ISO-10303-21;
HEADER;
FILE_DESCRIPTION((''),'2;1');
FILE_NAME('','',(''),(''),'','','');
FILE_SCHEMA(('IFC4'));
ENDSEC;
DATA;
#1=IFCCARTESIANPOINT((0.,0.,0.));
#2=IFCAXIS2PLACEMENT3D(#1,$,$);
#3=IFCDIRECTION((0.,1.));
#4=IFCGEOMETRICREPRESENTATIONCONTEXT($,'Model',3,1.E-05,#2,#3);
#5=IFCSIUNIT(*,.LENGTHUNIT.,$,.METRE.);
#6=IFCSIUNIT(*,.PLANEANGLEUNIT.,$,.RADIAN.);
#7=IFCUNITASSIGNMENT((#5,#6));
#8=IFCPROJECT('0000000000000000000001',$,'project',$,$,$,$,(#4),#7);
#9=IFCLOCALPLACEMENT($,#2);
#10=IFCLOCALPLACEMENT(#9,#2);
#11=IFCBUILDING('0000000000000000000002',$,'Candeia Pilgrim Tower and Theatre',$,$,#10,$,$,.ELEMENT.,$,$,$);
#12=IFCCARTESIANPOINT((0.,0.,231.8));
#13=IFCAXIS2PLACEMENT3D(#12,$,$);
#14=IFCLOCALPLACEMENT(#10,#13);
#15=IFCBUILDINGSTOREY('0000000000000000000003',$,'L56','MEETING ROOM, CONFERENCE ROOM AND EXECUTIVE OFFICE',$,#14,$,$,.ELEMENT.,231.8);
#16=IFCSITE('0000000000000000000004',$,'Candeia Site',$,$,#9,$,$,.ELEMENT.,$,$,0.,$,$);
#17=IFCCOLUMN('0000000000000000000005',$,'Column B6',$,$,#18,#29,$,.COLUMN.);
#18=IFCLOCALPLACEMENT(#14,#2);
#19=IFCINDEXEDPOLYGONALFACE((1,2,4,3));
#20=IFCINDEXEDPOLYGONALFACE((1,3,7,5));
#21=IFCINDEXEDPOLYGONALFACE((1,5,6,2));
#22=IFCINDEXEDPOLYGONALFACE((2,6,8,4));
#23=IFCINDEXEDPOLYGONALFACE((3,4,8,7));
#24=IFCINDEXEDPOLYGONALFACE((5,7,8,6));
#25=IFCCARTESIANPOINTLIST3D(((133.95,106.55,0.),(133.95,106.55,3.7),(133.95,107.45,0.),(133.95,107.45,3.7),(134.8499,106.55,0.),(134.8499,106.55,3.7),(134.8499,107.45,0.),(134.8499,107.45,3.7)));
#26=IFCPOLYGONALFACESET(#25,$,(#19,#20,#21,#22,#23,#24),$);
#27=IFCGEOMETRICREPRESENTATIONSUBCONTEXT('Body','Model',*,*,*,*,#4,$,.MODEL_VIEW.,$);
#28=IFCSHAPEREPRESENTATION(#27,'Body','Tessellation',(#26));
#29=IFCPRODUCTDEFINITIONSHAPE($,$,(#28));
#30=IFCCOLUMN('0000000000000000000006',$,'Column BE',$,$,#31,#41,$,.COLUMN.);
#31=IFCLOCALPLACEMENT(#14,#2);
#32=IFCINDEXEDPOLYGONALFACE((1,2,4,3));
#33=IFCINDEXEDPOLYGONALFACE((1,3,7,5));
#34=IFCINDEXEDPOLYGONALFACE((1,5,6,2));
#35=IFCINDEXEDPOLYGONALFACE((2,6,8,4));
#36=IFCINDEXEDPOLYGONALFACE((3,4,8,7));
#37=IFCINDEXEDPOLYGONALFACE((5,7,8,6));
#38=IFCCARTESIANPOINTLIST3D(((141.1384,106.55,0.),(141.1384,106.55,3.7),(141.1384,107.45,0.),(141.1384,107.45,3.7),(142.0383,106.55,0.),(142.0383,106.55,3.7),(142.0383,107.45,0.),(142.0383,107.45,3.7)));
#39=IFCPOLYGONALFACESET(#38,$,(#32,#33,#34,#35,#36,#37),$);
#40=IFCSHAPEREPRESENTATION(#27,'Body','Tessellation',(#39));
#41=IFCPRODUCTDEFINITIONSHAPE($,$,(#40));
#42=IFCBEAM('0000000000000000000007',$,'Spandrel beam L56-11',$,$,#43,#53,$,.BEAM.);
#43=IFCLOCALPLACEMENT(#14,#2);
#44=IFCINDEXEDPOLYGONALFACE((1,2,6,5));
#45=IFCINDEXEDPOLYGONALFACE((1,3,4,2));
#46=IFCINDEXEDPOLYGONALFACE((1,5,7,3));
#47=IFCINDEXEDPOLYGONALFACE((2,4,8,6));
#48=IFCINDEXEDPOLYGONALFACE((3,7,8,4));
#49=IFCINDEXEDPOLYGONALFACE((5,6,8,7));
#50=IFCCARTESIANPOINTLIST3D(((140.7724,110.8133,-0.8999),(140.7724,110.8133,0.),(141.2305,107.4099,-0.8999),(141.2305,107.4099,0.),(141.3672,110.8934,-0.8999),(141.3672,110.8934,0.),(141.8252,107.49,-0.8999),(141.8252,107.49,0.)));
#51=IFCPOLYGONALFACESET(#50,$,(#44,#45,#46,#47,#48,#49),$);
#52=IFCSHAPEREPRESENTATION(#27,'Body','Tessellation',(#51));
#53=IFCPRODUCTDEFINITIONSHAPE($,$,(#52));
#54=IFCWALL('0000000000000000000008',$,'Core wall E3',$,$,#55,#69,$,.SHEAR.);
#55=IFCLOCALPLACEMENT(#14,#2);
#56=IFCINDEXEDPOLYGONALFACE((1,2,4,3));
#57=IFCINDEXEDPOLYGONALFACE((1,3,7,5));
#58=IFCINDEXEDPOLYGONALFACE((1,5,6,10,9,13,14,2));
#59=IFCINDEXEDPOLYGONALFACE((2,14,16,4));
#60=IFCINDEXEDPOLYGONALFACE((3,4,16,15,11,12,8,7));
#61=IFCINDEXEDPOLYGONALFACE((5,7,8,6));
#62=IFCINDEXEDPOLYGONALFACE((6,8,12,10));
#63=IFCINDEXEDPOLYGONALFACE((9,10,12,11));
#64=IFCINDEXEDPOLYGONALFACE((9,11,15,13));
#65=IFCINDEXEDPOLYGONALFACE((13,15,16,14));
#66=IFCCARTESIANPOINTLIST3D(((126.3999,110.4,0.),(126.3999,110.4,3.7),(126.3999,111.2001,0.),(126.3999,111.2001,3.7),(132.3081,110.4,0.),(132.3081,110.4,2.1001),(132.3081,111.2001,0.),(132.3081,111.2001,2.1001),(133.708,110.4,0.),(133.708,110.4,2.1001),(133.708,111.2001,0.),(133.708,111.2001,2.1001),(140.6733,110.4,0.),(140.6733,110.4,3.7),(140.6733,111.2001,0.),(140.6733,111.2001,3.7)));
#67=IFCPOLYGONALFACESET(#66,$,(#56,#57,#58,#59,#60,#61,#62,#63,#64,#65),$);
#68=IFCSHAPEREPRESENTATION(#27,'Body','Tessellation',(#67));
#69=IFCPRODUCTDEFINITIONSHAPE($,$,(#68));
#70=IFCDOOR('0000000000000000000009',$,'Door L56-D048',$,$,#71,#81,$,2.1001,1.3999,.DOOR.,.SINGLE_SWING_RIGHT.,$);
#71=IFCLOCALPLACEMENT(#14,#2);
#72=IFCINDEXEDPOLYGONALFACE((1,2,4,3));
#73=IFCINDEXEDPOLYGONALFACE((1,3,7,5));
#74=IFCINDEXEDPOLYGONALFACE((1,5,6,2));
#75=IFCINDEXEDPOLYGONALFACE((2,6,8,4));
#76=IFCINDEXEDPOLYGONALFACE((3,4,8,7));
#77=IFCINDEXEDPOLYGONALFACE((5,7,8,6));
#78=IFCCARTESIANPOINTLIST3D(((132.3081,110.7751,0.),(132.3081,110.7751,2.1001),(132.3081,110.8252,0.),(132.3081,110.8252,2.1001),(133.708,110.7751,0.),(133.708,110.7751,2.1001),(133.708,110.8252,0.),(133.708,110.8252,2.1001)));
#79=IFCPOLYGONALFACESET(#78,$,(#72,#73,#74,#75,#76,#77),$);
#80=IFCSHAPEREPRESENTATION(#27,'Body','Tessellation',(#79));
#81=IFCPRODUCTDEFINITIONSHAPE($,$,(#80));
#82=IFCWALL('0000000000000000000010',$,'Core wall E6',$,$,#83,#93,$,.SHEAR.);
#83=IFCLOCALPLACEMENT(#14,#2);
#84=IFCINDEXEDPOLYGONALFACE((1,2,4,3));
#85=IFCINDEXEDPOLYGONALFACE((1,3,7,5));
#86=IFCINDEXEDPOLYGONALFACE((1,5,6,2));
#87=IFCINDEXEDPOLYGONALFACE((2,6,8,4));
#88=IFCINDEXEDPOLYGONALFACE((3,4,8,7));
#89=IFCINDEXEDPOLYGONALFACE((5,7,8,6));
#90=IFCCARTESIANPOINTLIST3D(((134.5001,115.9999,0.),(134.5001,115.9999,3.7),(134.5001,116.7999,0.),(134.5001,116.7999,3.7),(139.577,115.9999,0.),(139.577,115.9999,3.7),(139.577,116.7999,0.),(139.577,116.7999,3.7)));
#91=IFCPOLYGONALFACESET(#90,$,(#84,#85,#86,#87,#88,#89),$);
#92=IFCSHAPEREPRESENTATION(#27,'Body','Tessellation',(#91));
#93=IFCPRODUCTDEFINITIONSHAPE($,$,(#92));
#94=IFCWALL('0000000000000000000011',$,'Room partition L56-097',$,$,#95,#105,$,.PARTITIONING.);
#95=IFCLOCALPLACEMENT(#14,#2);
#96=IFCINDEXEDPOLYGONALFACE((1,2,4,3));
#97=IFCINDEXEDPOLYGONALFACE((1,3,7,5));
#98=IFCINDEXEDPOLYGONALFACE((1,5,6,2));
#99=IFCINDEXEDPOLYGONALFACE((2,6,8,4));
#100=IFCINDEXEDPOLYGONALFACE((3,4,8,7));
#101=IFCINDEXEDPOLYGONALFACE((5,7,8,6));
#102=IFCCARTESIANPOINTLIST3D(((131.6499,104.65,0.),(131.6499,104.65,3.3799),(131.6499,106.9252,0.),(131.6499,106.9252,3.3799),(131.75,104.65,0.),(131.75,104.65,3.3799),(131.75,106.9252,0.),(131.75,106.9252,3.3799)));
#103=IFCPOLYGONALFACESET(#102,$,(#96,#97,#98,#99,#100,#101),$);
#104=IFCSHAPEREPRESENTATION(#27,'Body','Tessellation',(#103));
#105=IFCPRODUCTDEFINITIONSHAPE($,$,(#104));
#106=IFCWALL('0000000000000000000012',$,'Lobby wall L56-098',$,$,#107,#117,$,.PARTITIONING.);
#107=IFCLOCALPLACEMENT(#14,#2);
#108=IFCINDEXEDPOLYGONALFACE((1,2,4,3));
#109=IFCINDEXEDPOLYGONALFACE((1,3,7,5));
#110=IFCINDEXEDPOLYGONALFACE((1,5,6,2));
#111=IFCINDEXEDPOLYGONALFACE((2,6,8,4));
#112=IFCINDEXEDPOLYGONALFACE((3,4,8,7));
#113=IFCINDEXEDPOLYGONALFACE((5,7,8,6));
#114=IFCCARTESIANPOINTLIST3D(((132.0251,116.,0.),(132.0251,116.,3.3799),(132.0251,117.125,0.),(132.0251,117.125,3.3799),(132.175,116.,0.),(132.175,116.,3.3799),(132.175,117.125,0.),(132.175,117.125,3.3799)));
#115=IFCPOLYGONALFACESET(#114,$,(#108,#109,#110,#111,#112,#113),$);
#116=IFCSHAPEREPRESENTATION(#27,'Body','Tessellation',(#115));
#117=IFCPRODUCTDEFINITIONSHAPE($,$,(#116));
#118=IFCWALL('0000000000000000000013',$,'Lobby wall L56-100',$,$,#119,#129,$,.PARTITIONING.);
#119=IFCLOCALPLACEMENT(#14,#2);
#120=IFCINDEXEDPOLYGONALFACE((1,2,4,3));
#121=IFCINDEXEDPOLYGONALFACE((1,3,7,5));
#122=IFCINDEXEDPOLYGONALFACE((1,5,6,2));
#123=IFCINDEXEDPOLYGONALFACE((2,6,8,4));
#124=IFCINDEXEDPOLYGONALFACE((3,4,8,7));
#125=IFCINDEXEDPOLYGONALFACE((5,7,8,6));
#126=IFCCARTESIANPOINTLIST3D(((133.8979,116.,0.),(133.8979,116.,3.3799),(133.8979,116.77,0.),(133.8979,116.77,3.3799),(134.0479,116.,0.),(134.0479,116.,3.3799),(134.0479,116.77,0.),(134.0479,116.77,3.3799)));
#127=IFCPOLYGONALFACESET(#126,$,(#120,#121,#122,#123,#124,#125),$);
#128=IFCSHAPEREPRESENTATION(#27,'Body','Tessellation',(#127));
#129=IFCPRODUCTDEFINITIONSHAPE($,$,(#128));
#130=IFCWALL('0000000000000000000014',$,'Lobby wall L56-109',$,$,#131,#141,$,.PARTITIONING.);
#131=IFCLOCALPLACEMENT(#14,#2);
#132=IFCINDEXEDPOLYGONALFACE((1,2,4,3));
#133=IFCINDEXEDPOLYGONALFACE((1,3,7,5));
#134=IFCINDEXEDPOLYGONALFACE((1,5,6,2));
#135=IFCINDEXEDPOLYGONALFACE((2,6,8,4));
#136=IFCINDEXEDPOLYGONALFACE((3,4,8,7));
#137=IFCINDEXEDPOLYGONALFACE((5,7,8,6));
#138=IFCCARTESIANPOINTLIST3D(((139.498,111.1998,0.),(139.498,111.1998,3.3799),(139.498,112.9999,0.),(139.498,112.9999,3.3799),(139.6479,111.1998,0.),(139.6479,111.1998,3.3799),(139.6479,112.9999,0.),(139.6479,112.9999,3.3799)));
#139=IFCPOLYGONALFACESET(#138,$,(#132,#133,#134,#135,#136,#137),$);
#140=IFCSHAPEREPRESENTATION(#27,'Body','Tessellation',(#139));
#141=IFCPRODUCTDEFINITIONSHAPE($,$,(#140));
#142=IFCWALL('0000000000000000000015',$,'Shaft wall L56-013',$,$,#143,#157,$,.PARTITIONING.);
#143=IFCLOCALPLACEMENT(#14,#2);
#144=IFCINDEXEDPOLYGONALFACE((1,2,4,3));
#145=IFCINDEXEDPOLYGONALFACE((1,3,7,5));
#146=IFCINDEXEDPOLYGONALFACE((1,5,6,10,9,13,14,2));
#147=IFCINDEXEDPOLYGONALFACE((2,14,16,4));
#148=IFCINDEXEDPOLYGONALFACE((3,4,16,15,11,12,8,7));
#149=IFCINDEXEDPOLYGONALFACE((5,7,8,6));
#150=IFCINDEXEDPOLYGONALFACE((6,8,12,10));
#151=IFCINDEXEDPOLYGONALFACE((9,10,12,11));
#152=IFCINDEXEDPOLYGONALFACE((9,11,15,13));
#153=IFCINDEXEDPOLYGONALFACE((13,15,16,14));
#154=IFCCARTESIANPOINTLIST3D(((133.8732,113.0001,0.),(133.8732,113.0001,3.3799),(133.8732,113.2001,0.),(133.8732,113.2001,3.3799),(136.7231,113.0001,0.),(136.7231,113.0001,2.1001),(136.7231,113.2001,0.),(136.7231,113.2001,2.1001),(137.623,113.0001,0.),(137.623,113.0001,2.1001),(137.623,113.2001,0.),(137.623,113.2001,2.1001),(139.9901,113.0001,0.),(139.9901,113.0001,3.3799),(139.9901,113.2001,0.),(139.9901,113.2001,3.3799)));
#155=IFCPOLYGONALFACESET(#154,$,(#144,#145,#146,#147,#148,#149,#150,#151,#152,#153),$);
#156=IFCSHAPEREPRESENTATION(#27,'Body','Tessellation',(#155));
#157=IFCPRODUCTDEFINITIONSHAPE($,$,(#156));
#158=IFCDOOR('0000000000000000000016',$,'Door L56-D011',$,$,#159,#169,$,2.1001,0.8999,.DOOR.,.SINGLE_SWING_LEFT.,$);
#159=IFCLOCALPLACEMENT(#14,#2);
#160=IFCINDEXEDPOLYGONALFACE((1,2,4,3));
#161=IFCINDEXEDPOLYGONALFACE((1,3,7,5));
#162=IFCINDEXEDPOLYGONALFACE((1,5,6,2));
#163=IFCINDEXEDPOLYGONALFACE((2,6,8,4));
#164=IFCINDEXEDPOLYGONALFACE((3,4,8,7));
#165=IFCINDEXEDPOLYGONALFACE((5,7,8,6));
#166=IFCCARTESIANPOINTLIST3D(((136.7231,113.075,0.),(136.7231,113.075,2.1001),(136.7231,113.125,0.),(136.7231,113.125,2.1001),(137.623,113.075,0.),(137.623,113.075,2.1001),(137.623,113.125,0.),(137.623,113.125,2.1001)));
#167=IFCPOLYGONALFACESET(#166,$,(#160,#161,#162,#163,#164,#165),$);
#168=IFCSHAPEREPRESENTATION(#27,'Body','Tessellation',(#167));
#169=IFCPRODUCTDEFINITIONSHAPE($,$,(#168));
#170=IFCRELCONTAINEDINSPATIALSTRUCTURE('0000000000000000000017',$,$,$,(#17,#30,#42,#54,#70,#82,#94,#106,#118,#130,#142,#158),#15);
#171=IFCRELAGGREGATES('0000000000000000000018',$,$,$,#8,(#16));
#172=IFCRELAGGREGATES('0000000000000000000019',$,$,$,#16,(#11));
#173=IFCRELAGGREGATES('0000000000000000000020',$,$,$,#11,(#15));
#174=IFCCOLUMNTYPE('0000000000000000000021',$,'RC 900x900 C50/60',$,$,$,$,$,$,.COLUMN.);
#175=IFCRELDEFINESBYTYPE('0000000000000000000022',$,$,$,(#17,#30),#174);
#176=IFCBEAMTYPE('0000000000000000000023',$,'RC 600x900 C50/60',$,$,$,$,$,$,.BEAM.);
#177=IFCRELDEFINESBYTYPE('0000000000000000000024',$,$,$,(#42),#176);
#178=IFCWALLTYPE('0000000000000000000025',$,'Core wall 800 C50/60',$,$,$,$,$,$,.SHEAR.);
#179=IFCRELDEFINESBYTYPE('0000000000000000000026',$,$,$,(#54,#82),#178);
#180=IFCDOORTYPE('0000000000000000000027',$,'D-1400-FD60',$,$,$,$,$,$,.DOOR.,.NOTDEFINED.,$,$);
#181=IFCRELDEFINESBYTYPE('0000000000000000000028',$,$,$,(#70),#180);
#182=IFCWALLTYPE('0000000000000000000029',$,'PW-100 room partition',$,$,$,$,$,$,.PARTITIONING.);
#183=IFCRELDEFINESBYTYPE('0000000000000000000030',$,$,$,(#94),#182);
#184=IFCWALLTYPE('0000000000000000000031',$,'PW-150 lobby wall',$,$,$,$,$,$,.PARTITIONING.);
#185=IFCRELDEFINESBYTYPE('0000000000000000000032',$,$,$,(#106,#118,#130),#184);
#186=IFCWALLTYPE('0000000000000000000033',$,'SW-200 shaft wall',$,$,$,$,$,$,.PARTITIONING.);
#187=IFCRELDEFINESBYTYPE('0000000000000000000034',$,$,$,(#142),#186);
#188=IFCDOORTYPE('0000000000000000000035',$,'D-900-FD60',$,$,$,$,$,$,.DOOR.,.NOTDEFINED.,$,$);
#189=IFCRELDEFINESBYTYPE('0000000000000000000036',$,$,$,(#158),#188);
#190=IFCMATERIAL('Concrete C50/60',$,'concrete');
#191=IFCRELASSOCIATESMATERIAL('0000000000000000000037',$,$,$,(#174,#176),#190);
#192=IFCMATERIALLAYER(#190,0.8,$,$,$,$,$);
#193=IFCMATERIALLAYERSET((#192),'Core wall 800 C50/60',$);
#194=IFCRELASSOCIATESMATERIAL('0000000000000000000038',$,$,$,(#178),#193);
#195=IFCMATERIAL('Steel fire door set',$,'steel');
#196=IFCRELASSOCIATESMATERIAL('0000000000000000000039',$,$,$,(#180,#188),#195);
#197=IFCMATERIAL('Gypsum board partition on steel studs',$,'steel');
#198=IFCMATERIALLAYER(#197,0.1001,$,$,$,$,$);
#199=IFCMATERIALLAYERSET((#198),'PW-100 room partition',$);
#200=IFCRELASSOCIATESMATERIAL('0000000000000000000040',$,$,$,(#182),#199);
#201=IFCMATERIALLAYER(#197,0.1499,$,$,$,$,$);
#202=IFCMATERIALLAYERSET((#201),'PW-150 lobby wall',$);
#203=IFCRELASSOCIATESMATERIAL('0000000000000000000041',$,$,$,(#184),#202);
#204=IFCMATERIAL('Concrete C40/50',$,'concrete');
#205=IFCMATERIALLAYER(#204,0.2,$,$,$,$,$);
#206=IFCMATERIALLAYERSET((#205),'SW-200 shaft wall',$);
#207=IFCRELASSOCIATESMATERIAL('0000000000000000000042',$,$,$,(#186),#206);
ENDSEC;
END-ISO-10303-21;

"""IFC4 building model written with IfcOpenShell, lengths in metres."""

from ifc_helpers import new_model, si_unit, direction, frame, frame_2d, origin, origin_2d, place, context, subcontext, project, spatial, rectangle, extrude, material, layer, layer_set, material_profile, profile_set, type_object, element, fill, save


model = new_model("IFC4")

# Units and contexts
model_context = context("Model", 3, precision=1e-05, world=origin(), true_north=direction((0.0, 1.0)))
body_context = subcontext(model_context, "Body", "Model", "MODEL_VIEW")
ifc_project = project(units=[si_unit("LENGTHUNIT", "METRE"), si_unit("PLANEANGLEUNIT", "RADIAN")], contexts=[model_context])

# Site, building, storey
site_placement = place(None, origin())
site = spatial("IfcSite", under=ifc_project, at=site_placement, Name="Candeia Site", CompositionType="ELEMENT", RefElevation=0.0)
building_placement = place(site_placement, origin())
building = spatial("IfcBuilding", under=site, at=building_placement, Name="Candeia Pilgrim Tower and Theatre", CompositionType="ELEMENT")
storey_placement = place(building_placement, frame((0.0, 0.0, 231.8)))
storey = spatial("IfcBuildingStorey", under=building, at=storey_placement, Name="L56", Description="MEETING ROOM, CONFERENCE ROOM AND EXECUTIVE OFFICE", CompositionType="ELEMENT", Elevation=231.8)

# Columns
ifc_material_1 = material(Name="Concrete C50/60", Category="concrete")
ifc_material_profile_1 = material_profile(ifc_material_1, rectangle(XDim=0.8999, YDim=0.8999, at=origin_2d()))
ifc_profile_set_1 = profile_set([ifc_material_profile_1], Name="Concrete C50/60")
column_type = type_object("IfcColumnType", Name="RC 900x900 C50/60", PredefinedType="COLUMN", material=ifc_profile_set_1)
for number, where, z_axis, x_axis, name in (
    (1, (134.3999, 107.0, 0.0), (0.0, 0.0, 1.0), (1.0, 0.0, 0.0), "Column B6"),
    (2, (141.5884, 107.0, 0.0), (0.0, 0.0, 1.0), (1.0, 0.0, 0.0), "Column BE"),
):
    element("IfcColumn", number, at=place(storey_placement, frame(where, z_axis=z_axis, x_axis=x_axis)), inside=storey, type_object=column_type, Name=name, PredefinedType="COLUMN", context=body_context, shape_type="SweptSolid", body=[
        extrude(rectangle(XDim=0.8999, YDim=0.8999, at=origin_2d()), origin(), (0.0, 0.0, 1.0), 3.7),
    ])

# Beam
ifc_material_profile_2 = material_profile(ifc_material_1, rectangle(XDim=0.6001, YDim=0.8999, at=origin_2d()))
ifc_profile_set_2 = profile_set([ifc_material_profile_2], Name="Concrete C50/60")
beam_type = type_object("IfcBeamType", Name="RC 600x900 C50/60", PredefinedType="BEAM", material=ifc_profile_set_2)
beam_placement = place(storey_placement, frame((141.5278, 107.45, -0.45), z_axis=(-0.133374, 0.991066, 0.0), x_axis=(-0.991066, -0.133374, 0.0)))
element("IfcBeam", 3, at=beam_placement, inside=storey, type_object=beam_type, Name="Spandrel beam L56-11", PredefinedType="BEAM", context=body_context, shape_type="SweptSolid", body=[
    extrude(rectangle(XDim=0.6001, YDim=0.8999, at=origin_2d()), origin(), (0.0, 0.0, 1.0), 3.4341),
])

# Wall, opening, door
ifc_layer_1 = layer(ifc_material_1, 0.8)
ifc_layer_set_1 = layer_set([ifc_layer_1], Name="Core wall 800 C50/60")
wall_type_1 = type_object("IfcWallType", Name="Core wall 800 C50/60", PredefinedType="SHEAR", material=ifc_layer_set_1)
wall_1_placement = place(storey_placement, frame((140.6733, 110.8, 0.0), z_axis=(0.0, 0.0, 1.0), x_axis=(-1.0, 0.0, 0.0)))
wall_1 = element("IfcWall", 4, at=wall_1_placement, inside=storey, type_object=wall_type_1, Name="Core wall E3", PredefinedType="SHEAR", context=body_context, shape_type="SweptSolid", body=[
    extrude(rectangle(XDim=14.2734, YDim=0.8, at=frame_2d((7.1367, 0.0))), origin(), (0.0, 0.0, 1.0), 3.7),
])
opening_1_placement = place(wall_1_placement, frame((6.9653, 0.0, 0.0)))
opening_1 = element("IfcOpeningElement", 5, at=opening_1_placement, cuts=wall_1, PredefinedType="OPENING", context=body_context, shape_type="SweptSolid", body=[
    extrude(rectangle(XDim=1.3999, YDim=2.1001, at=frame_2d((0.7, 1.05))), frame((0.0, 0.4102, 0.0), z_axis=(0.0, -1.0, 0.0), x_axis=(1.0, 0.0, 0.0)), (0.0, 0.0, 1.0), 0.8201),
])
ifc_material_2 = material(Name="Steel fire door set", Category="steel")
door_type_1 = type_object("IfcDoorType", Name="D-1400-FD60", OperationType="NOTDEFINED", PredefinedType="DOOR", material=ifc_material_2)
door_1_placement = place(opening_1_placement, origin())
door_1 = element("IfcDoor", 6, at=door_1_placement, inside=storey, type_object=door_type_1, Name="Door L56-D048", OperationType="SINGLE_SWING_RIGHT", OverallHeight=2.1001, OverallWidth=1.3999, PredefinedType="DOOR", context=body_context, shape_type="SweptSolid", body=[
    extrude(rectangle(XDim=1.3999, YDim=2.1001, at=frame_2d((0.7, 1.05))), frame((0.0, 0.0249, 0.0), z_axis=(0.0, -1.0, 0.0), x_axis=(1.0, 0.0, 0.0)), (0.0, 0.0, 1.0), 0.05),
])
fill(opening_1, door_1)

# Walls
wall_2_placement = place(storey_placement, frame((134.5, 116.3999, 0.0), z_axis=(0.0, 0.0, 1.0), x_axis=(1.0, 0.0, 0.0)))
element("IfcWall", 7, at=wall_2_placement, inside=storey, type_object=wall_type_1, Name="Core wall E6", PredefinedType="SHEAR", context=body_context, shape_type="SweptSolid", body=[
    extrude(rectangle(XDim=5.0769, YDim=0.8, at=frame_2d((2.5386, 0.0))), origin(), (0.0, 0.0, 1.0), 3.7),
])
ifc_material_3 = material(Name="Gypsum board partition on steel studs", Category="steel")
ifc_layer_2 = layer(ifc_material_3, 0.1001)
ifc_layer_set_2 = layer_set([ifc_layer_2], Name="PW-100 room partition")
wall_type_2 = type_object("IfcWallType", Name="PW-100 room partition", PredefinedType="PARTITIONING", material=ifc_layer_set_2)
wall_3_placement = place(storey_placement, frame((131.7, 104.6499, 0.0), z_axis=(0.0, 0.0, 1.0), x_axis=(0.0, 1.0, 0.0)))
element("IfcWall", 8, at=wall_3_placement, inside=storey, type_object=wall_type_2, Name="Room partition L56-097", PredefinedType="PARTITIONING", context=body_context, shape_type="SweptSolid", body=[
    extrude(rectangle(XDim=2.2751, YDim=0.1001, at=frame_2d((1.1377, 0.0))), origin(), (0.0, 0.0, 1.0), 3.3799),
])
ifc_layer_3 = layer(ifc_material_3, 0.1499)
ifc_layer_set_3 = layer_set([ifc_layer_3], Name="PW-150 lobby wall")
wall_type_3 = type_object("IfcWallType", Name="PW-150 lobby wall", PredefinedType="PARTITIONING", material=ifc_layer_set_3)
wall_4_placement = place(storey_placement, frame((132.1001, 116.0, 0.0), z_axis=(0.0, 0.0, 1.0), x_axis=(0.0, 1.0, 0.0)))
element("IfcWall", 9, at=wall_4_placement, inside=storey, type_object=wall_type_3, Name="Lobby wall L56-098", PredefinedType="PARTITIONING", context=body_context, shape_type="SweptSolid", body=[
    extrude(rectangle(XDim=1.125, YDim=0.1499, at=frame_2d((0.5625, 0.0))), origin(), (0.0, 0.0, 1.0), 3.3799),
])
wall_5_placement = place(storey_placement, frame((133.9729, 116.0, 0.0), z_axis=(0.0, 0.0, 1.0), x_axis=(0.0, 1.0, 0.0)))
element("IfcWall", 10, at=wall_5_placement, inside=storey, type_object=wall_type_3, Name="Lobby wall L56-100", PredefinedType="PARTITIONING", context=body_context, shape_type="SweptSolid", body=[
    extrude(rectangle(XDim=0.77, YDim=0.1499, at=frame_2d((0.385, 0.0))), origin(), (0.0, 0.0, 1.0), 3.3799),
])
wall_6_placement = place(storey_placement, frame((139.573, 111.2, 0.0), z_axis=(0.0, 0.0, 1.0), x_axis=(0.0, 1.0, 0.0)))
element("IfcWall", 11, at=wall_6_placement, inside=storey, type_object=wall_type_3, Name="Lobby wall L56-109", PredefinedType="PARTITIONING", context=body_context, shape_type="SweptSolid", body=[
    extrude(rectangle(XDim=1.8, YDim=0.1499, at=frame_2d((0.8999, 0.0))), origin(), (0.0, 0.0, 1.0), 3.3799),
])

# Wall, opening, door
ifc_material_4 = material(Name="Concrete C40/50", Category="concrete")
ifc_layer_4 = layer(ifc_material_4, 0.2)
ifc_layer_set_4 = layer_set([ifc_layer_4], Name="SW-200 shaft wall")
wall_type_4 = type_object("IfcWallType", Name="SW-200 shaft wall", PredefinedType="PARTITIONING", material=ifc_layer_set_4)
wall_7_placement = place(storey_placement, frame((133.873, 113.1001, 0.0), z_axis=(0.0, 0.0, 1.0), x_axis=(1.0, 0.0, 0.0)))
wall_7 = element("IfcWall", 12, at=wall_7_placement, inside=storey, type_object=wall_type_4, Name="Shaft wall L56-013", PredefinedType="PARTITIONING", context=body_context, shape_type="SweptSolid", body=[
    extrude(rectangle(XDim=6.1169, YDim=0.2, at=frame_2d((3.0586, 0.0))), origin(), (0.0, 0.0, 1.0), 3.3799),
])
opening_2_placement = place(wall_7_placement, frame((2.8501, 0.0, 0.0)))
opening_2 = element("IfcOpeningElement", 13, at=opening_2_placement, cuts=wall_7, PredefinedType="OPENING", context=body_context, shape_type="SweptSolid", body=[
    extrude(rectangle(XDim=0.8999, YDim=2.1001, at=frame_2d((0.45, 1.05))), frame((0.0, 0.1099, 0.0), z_axis=(0.0, -1.0, 0.0), x_axis=(1.0, 0.0, 0.0)), (0.0, 0.0, 1.0), 0.22),
])
door_type_2 = type_object("IfcDoorType", Name="D-900-FD60", OperationType="NOTDEFINED", PredefinedType="DOOR", material=ifc_material_2)
door_2_placement = place(opening_2_placement, origin())
door_2 = element("IfcDoor", 14, at=door_2_placement, inside=storey, type_object=door_type_2, Name="Door L56-D011", OperationType="SINGLE_SWING_LEFT", OverallHeight=2.1001, OverallWidth=0.8999, PredefinedType="DOOR", context=body_context, shape_type="SweptSolid", body=[
    extrude(rectangle(XDim=0.8999, YDim=2.1001, at=frame_2d((0.45, 1.05))), frame((0.0, 0.0249, 0.0), z_axis=(0.0, -1.0, 0.0), x_axis=(1.0, 0.0, 0.0)), (0.0, 0.0, 1.0), 0.05),
])
fill(opening_2, door_2)

save(model, "model.ifc")
